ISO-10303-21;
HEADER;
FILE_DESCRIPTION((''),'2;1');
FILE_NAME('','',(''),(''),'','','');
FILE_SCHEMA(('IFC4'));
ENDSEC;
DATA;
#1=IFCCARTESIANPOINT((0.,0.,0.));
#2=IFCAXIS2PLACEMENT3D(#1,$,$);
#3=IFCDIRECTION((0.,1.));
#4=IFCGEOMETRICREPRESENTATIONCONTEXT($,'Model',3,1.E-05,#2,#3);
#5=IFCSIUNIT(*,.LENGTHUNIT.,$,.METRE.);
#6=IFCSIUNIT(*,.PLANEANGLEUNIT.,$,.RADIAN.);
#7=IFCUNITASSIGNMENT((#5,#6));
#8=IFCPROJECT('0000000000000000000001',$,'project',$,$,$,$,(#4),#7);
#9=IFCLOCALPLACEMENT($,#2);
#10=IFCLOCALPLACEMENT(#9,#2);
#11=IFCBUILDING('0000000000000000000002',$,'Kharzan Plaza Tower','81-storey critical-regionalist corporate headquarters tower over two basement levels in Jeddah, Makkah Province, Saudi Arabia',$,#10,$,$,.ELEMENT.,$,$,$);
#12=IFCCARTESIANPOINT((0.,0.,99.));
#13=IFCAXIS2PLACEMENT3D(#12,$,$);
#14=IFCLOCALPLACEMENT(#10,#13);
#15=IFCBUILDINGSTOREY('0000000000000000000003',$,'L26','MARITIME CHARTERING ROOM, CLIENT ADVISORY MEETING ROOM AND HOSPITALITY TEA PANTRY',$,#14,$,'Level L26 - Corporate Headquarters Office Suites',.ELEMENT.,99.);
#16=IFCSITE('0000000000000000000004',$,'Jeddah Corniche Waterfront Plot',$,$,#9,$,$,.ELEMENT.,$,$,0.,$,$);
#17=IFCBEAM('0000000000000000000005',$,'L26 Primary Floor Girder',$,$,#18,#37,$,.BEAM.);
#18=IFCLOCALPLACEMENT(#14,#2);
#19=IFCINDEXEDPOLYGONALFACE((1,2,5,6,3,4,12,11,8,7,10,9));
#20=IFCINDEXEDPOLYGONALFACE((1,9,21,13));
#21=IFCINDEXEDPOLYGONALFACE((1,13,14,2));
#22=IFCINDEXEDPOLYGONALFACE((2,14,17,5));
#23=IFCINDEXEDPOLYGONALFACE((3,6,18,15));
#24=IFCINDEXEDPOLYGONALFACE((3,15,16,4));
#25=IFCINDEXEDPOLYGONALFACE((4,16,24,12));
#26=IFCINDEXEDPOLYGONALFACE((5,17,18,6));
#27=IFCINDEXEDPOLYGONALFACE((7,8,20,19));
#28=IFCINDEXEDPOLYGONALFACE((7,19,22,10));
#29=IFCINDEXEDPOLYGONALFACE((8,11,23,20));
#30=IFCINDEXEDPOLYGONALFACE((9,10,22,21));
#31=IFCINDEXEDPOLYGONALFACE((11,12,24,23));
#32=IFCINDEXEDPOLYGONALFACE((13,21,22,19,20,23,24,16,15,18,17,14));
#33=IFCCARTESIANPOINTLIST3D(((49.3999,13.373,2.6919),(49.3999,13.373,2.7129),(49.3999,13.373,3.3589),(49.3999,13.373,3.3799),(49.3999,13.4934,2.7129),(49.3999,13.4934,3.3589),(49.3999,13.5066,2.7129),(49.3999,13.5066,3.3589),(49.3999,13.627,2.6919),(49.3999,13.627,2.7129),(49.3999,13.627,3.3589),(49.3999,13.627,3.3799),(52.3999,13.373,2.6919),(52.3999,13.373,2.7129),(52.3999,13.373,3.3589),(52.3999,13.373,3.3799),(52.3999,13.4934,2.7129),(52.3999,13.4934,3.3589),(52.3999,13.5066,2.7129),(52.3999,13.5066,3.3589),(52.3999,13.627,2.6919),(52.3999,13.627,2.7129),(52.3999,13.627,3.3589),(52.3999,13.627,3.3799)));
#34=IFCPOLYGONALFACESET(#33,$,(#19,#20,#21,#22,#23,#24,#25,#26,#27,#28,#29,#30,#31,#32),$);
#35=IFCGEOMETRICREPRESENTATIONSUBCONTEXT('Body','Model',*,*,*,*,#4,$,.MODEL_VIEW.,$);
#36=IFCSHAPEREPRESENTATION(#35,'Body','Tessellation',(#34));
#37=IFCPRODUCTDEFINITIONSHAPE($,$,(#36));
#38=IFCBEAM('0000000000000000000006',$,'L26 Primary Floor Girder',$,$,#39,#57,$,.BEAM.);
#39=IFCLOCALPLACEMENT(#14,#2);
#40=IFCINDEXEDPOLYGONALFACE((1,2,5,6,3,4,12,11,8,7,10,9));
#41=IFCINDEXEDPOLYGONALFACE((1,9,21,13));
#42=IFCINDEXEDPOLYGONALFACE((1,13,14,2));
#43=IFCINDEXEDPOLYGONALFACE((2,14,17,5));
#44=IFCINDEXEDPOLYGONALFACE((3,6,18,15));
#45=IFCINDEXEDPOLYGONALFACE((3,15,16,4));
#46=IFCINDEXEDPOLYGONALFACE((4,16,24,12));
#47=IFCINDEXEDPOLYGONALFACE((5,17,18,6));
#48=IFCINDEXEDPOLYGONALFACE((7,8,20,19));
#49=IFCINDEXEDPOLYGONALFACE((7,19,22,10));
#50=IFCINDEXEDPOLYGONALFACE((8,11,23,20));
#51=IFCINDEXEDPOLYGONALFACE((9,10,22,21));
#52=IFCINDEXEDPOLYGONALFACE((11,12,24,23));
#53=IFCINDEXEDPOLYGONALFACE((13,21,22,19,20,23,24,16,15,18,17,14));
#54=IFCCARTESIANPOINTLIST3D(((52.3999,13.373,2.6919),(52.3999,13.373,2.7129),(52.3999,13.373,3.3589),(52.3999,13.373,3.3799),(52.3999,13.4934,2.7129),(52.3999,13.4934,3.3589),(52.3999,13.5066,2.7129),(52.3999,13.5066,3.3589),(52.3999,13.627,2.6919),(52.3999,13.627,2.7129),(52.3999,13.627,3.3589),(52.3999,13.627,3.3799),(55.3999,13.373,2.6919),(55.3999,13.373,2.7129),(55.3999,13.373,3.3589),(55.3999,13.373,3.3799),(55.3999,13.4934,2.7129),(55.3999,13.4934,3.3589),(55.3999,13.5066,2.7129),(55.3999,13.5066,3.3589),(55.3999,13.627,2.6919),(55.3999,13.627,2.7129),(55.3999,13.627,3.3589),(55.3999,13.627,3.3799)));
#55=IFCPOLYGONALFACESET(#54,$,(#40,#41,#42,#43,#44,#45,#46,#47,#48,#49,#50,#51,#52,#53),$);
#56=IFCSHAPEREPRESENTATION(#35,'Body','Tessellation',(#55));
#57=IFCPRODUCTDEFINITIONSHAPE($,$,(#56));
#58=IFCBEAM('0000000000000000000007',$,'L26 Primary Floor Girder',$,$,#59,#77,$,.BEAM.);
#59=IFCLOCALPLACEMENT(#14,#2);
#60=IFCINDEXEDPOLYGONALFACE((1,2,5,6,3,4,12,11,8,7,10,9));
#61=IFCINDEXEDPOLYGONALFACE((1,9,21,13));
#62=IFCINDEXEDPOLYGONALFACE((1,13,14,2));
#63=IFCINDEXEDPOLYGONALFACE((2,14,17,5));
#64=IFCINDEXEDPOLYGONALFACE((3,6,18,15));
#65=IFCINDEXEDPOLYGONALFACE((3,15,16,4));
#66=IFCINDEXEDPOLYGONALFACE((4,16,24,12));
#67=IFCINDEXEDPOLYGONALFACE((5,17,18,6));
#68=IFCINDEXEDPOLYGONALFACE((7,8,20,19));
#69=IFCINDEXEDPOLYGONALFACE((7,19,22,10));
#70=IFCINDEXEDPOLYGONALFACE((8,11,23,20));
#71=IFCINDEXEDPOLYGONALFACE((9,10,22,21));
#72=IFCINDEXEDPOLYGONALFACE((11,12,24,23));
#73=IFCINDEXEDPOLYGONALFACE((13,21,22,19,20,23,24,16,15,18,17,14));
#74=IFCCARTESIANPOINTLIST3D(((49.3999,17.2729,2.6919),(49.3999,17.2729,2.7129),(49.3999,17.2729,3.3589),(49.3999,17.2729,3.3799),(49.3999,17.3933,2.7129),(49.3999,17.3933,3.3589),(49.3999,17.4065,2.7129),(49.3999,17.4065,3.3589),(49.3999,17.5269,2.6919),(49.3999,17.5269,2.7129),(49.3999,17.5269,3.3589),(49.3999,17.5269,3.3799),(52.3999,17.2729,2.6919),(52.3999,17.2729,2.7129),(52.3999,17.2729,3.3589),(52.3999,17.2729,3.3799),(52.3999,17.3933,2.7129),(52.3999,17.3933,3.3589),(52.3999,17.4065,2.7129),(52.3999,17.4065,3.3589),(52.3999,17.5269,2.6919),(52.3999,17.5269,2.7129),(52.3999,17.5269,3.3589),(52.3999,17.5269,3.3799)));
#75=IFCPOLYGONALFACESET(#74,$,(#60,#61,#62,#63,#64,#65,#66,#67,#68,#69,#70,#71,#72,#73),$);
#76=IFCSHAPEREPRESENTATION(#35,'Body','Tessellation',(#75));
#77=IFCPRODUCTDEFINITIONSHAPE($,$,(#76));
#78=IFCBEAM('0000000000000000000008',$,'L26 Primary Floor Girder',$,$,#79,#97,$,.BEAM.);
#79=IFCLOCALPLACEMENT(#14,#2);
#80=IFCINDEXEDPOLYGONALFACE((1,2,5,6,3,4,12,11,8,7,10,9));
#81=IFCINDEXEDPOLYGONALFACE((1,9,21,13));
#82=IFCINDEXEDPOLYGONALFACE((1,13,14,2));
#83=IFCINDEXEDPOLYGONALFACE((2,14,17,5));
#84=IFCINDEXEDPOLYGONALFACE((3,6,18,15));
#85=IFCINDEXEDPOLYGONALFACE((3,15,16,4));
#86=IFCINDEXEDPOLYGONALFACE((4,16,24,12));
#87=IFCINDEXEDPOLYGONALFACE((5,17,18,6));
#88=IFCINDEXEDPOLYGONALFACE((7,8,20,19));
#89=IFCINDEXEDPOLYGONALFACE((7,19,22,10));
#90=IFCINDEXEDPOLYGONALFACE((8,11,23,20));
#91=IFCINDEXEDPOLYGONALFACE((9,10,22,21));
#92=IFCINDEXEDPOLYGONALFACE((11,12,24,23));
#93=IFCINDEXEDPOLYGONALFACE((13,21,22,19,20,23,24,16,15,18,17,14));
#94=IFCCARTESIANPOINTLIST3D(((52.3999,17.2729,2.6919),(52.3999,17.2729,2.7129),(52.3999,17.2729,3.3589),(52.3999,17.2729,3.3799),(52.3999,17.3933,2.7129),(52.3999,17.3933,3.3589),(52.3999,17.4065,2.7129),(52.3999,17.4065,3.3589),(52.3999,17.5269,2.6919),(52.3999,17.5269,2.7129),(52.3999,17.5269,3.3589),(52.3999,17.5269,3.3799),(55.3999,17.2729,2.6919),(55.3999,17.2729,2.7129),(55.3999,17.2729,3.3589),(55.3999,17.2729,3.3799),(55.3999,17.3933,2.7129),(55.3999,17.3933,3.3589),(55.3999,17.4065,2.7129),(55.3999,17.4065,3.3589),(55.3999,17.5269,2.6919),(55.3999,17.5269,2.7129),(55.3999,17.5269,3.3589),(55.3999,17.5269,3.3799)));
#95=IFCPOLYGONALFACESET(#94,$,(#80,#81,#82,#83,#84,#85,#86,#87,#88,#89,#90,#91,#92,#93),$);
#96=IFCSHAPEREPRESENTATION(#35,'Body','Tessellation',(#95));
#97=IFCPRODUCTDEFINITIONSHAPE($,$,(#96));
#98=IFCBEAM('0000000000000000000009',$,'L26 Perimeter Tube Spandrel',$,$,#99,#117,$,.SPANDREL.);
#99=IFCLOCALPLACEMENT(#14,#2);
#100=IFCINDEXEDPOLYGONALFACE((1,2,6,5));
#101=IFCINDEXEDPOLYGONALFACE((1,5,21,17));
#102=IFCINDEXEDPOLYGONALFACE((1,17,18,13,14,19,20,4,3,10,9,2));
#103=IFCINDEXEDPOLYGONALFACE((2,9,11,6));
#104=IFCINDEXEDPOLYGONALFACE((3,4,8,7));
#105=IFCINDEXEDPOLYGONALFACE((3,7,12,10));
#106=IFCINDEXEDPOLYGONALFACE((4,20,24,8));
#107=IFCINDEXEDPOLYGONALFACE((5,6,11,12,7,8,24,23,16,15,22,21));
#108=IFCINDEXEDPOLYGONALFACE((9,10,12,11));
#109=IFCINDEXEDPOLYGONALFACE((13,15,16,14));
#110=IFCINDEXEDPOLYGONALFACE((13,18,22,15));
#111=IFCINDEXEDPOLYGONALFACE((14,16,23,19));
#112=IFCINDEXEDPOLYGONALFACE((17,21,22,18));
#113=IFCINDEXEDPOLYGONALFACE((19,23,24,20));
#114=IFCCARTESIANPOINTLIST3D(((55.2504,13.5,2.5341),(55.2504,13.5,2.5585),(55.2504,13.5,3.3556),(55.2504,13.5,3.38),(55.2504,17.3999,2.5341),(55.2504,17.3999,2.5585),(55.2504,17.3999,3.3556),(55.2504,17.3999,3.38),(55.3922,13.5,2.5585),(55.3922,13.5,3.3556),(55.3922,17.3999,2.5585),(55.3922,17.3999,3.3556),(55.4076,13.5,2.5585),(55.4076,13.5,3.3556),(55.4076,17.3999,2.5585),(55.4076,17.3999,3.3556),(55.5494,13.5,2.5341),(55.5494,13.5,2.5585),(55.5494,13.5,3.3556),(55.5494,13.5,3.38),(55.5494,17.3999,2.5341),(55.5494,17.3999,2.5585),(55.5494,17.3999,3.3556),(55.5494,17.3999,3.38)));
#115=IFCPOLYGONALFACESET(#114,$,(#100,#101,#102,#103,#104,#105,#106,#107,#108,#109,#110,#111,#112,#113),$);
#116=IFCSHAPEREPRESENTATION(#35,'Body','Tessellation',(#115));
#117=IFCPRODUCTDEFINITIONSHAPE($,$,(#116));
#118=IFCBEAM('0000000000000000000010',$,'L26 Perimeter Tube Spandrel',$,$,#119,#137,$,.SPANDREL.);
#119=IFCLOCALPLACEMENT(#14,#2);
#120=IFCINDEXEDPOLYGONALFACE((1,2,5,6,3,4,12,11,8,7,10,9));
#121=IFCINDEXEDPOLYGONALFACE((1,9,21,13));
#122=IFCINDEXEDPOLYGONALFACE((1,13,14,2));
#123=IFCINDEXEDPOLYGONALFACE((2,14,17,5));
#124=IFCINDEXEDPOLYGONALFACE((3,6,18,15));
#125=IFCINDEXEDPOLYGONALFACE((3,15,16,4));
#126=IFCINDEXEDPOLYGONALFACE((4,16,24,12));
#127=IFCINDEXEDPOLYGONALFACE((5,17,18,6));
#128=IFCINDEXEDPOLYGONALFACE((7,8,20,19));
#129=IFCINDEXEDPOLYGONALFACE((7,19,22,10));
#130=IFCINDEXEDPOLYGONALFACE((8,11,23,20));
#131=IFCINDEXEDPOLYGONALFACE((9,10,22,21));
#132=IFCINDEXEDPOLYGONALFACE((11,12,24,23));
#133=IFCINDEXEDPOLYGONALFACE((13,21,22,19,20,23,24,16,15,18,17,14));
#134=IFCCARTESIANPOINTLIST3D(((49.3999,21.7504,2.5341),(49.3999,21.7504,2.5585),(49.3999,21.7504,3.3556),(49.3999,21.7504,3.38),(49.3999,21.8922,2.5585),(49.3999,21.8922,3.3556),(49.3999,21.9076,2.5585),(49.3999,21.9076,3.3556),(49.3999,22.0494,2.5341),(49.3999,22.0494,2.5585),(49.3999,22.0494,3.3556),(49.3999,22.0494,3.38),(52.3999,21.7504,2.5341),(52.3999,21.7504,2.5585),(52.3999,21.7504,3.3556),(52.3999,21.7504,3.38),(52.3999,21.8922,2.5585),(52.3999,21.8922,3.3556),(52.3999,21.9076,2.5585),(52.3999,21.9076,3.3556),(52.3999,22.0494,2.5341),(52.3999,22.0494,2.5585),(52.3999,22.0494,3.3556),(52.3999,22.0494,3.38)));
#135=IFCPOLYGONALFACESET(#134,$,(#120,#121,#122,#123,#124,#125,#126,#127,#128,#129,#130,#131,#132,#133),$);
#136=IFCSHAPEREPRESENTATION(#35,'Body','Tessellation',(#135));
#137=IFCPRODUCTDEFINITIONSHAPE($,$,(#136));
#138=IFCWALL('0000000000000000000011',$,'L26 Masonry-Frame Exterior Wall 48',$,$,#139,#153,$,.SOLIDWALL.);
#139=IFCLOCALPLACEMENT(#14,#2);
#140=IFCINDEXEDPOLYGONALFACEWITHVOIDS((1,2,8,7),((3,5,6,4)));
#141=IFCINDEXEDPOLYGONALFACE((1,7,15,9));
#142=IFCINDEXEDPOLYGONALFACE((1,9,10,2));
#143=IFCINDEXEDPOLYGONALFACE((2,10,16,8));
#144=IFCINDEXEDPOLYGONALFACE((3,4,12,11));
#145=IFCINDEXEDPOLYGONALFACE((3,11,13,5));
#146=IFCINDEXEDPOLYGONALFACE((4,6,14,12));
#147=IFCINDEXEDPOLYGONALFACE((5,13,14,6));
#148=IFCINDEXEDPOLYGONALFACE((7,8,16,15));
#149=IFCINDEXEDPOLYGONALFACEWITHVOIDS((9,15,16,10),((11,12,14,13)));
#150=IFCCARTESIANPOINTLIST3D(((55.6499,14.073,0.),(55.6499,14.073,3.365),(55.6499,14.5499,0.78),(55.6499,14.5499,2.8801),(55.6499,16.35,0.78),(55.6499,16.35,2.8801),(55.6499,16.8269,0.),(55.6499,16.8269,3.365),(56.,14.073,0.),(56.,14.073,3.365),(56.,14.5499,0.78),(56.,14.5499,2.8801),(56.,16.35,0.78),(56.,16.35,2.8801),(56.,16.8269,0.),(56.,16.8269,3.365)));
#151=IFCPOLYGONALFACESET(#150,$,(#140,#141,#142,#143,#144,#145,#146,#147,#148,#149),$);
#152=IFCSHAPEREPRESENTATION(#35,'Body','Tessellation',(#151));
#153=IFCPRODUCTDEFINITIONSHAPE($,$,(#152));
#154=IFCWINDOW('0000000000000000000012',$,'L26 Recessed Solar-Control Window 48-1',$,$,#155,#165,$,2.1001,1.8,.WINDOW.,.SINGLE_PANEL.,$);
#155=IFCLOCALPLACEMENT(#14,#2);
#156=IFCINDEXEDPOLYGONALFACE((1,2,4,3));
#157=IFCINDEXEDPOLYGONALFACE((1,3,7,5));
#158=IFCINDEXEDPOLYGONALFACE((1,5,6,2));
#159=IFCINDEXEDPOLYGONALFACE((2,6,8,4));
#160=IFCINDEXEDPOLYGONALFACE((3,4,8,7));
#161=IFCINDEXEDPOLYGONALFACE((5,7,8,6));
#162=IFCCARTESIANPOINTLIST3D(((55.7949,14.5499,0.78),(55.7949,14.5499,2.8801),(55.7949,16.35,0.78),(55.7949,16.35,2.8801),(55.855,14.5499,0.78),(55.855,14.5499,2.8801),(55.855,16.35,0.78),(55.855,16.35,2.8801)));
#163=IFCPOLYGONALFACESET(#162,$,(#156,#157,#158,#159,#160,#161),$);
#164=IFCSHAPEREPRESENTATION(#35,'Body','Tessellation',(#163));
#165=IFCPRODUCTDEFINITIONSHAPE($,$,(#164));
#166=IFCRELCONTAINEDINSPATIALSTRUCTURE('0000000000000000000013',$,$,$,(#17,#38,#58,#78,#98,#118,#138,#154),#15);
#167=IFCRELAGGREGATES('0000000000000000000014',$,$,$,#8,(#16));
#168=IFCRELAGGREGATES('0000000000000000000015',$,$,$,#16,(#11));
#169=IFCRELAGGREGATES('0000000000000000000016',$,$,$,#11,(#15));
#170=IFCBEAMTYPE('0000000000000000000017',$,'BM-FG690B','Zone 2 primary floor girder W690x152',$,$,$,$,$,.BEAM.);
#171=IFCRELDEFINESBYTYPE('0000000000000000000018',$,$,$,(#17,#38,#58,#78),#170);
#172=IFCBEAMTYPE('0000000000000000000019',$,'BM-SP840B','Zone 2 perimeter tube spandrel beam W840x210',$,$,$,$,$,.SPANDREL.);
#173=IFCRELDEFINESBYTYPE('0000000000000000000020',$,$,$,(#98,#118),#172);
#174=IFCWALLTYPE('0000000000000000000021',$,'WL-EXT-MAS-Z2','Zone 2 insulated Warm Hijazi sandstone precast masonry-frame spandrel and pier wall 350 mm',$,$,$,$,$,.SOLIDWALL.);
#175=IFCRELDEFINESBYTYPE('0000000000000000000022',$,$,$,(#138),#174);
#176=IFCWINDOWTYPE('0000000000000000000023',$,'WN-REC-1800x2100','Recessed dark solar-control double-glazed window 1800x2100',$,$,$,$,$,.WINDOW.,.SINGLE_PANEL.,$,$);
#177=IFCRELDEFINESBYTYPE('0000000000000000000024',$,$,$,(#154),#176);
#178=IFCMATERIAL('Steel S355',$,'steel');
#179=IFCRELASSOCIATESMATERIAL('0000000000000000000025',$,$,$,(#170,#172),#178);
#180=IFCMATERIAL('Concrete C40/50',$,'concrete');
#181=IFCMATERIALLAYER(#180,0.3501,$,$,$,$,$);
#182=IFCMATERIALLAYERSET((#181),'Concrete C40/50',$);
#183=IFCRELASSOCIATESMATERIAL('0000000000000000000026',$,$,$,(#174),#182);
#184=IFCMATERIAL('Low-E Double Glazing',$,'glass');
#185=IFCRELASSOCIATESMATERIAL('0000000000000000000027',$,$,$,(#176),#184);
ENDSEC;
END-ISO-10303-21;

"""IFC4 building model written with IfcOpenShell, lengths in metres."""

from ifc_helpers import new_model, si_unit, direction, frame, frame_2d, origin, origin_2d, place, context, subcontext, project, spatial, rectangle, i_section, extrude, source, transform, mapped, material, layer, layer_set, material_profile, profile_set, type_object, element, fill, save


model = new_model("IFC4")

# Units and contexts
model_context = context("Model", 3, precision=1e-05, world=origin(), true_north=direction((0.0, 1.0)))
body_context = subcontext(model_context, "Body", "Model", "MODEL_VIEW")
ifc_project = project(units=[si_unit("LENGTHUNIT", "METRE"), si_unit("PLANEANGLEUNIT", "RADIAN")], contexts=[model_context])

# Site, building, storey
site_placement = place(None, origin())
site = spatial("IfcSite", under=ifc_project, at=site_placement, Name="Jeddah Corniche Waterfront Plot", CompositionType="ELEMENT", RefElevation=0.0)
building_placement = place(site_placement, origin())
building = spatial("IfcBuilding", under=site, at=building_placement, Name="Kharzan Plaza Tower", Description="81-storey critical-regionalist corporate headquarters tower over two basement levels in Jeddah, Makkah Province, Saudi Arabia", CompositionType="ELEMENT")
storey_placement = place(building_placement, frame((0.0, 0.0, 99.0)))
storey = spatial("IfcBuildingStorey", under=building, at=storey_placement, Name="L26", Description="MARITIME CHARTERING ROOM, CLIENT ADVISORY MEETING ROOM AND HOSPITALITY TEA PANTRY", LongName="Level L26 - Corporate Headquarters Office Suites", CompositionType="ELEMENT", Elevation=99.0)

# Beams
ifc_material_1 = material(Name="Steel S355", Category="steel")
ifc_material_profile_1 = material_profile(ifc_material_1, i_section(OverallWidth=0.2539, OverallDepth=0.688, WebThickness=0.0132, FlangeThickness=0.021, at=origin_2d()), Name="W690x152")
ifc_profile_set_1 = profile_set([ifc_material_profile_1], Name="Steel S355")
beam_type_1 = type_object("IfcBeamType", Name="BM-FG690B", Description="Zone 2 primary floor girder W690x152", PredefinedType="BEAM", material=ifc_profile_set_1)
shared_shape_1 = source(origin(), body_context, "Body", "SweptSolid", [
    extrude(i_section(OverallWidth=0.2539, OverallDepth=0.688, WebThickness=0.0132, FlangeThickness=0.021, at=origin_2d()), origin(), (0.0, 0.0, 1.0), 3.0),
])
for number, where, z_axis, x_axis, name in (
    (1, (49.3999, 13.5, 3.0359), (1.0, 0.0, 0.0), (0.0, 1.0, 0.0), "L26 Primary Floor Girder"),
    (2, (52.3999, 13.5, 3.0359), (1.0, 0.0, 0.0), (0.0, 1.0, 0.0), "L26 Primary Floor Girder"),
    (3, (49.3999, 17.3999, 3.0359), (1.0, 0.0, 0.0), (0.0, 1.0, 0.0), "L26 Primary Floor Girder"),
    (4, (52.3999, 17.3999, 3.0359), (1.0, 0.0, 0.0), (0.0, 1.0, 0.0), "L26 Primary Floor Girder"),
):
    element("IfcBeam", number, at=place(storey_placement, frame(where, z_axis=z_axis, x_axis=x_axis)), inside=storey, type_object=beam_type_1, Name=name, PredefinedType="BEAM", context=body_context, shape_type="MappedRepresentation", body=[
        mapped(shared_shape_1, transform((0.0, 0.0, 0.0), x_axis=(1.0, 0.0, 0.0), y_axis=(0.0, 1.0, 0.0), z_axis=(0.0, 0.0, 1.0))),
    ])
ifc_material_profile_2 = material_profile(ifc_material_1, i_section(OverallWidth=0.2991, OverallDepth=0.8459, WebThickness=0.0154, FlangeThickness=0.0244, at=origin_2d()), Name="W840x210")
ifc_profile_set_2 = profile_set([ifc_material_profile_2], Name="Steel S355")
beam_type_2 = type_object("IfcBeamType", Name="BM-SP840B", Description="Zone 2 perimeter tube spandrel beam W840x210", PredefinedType="SPANDREL", material=ifc_profile_set_2)
shared_shape_2 = source(origin(), body_context, "Body", "SweptSolid", [
    extrude(i_section(OverallWidth=0.2991, OverallDepth=0.8459, WebThickness=0.0154, FlangeThickness=0.0244, at=origin_2d()), origin(), (0.0, 0.0, 1.0), 3.8999),
])
beam_1_placement = place(storey_placement, frame((55.3999, 13.5, 2.957), z_axis=(0.0, 1.0, 0.0), x_axis=(-1.0, 0.0, 0.0)))
element("IfcBeam", 5, at=beam_1_placement, inside=storey, type_object=beam_type_2, Name="L26 Perimeter Tube Spandrel", PredefinedType="SPANDREL", context=body_context, shape_type="MappedRepresentation", body=[
    mapped(shared_shape_2, transform((0.0, 0.0, 0.0), x_axis=(1.0, 0.0, 0.0), y_axis=(0.0, 1.0, 0.0), z_axis=(0.0, 0.0, 1.0))),
])
shared_shape_3 = source(origin(), body_context, "Body", "SweptSolid", [
    extrude(i_section(OverallWidth=0.2991, OverallDepth=0.8459, WebThickness=0.0154, FlangeThickness=0.0244, at=origin_2d()), origin(), (0.0, 0.0, 1.0), 3.0),
])
beam_2_placement = place(storey_placement, frame((49.3999, 21.8999, 2.957), z_axis=(1.0, 0.0, 0.0), x_axis=(0.0, 1.0, 0.0)))
element("IfcBeam", 6, at=beam_2_placement, inside=storey, type_object=beam_type_2, Name="L26 Perimeter Tube Spandrel", PredefinedType="SPANDREL", context=body_context, shape_type="MappedRepresentation", body=[
    mapped(shared_shape_3, transform((0.0, 0.0, 0.0), x_axis=(1.0, 0.0, 0.0), y_axis=(0.0, 1.0, 0.0), z_axis=(0.0, 0.0, 1.0))),
])

# Wall, opening, window
ifc_material_2 = material(Name="Concrete C40/50", Category="concrete")
ifc_layer = layer(ifc_material_2, 0.3501)
ifc_layer_set = layer_set([ifc_layer], Name="Concrete C40/50")
wall_type = type_object("IfcWallType", Name="WL-EXT-MAS-Z2", Description="Zone 2 insulated Warm Hijazi sandstone precast masonry-frame spandrel and pier wall 350 mm", PredefinedType="SOLIDWALL", material=ifc_layer_set)
wall_1_placement = place(storey_placement, frame((55.825, 14.073, 0.0), z_axis=(0.0, 0.0, 1.0), x_axis=(0.0, 1.0, 0.0)))
wall_1 = element("IfcWall", 7, at=wall_1_placement, inside=storey, type_object=wall_type, Name="L26 Masonry-Frame Exterior Wall 48", PredefinedType="SOLIDWALL", context=body_context, shape_type="SweptSolid", body=[
    extrude(rectangle(XDim=2.7539, YDim=0.3501, at=frame_2d((1.377, 0.0))), origin(), (0.0, 0.0, 1.0), 3.365),
])
opening_1_placement = place(wall_1_placement, frame((0.4771, 0.0, 0.78)))
opening_1 = element("IfcOpeningElement", 8, at=opening_1_placement, cuts=wall_1, PredefinedType="OPENING", context=body_context, shape_type="SweptSolid", body=[
    extrude(rectangle(XDim=1.8, YDim=2.1001, at=frame_2d((0.8999, 1.05))), frame((0.0, 0.1851, 0.0), z_axis=(0.0, -1.0, 0.0), x_axis=(1.0, 0.0, 0.0)), (0.0, 0.0, 1.0), 0.3701),
])
ifc_material_3 = material(Name="Low-E Double Glazing", Category="glass")
window_type_1 = type_object("IfcWindowType", Name="WN-REC-1800x2100", Description="Recessed dark solar-control double-glazed window 1800x2100", PartitioningType="SINGLE_PANEL", PredefinedType="WINDOW", material=ifc_material_3)
shared_shape_4 = source(origin(), body_context, "Body", "SweptSolid", [
    extrude(rectangle(XDim=1.8, YDim=2.1001, at=frame_2d((0.8999, 1.05))), frame((0.0, 0.03, 0.0), z_axis=(0.0, -1.0, 0.0), x_axis=(1.0, 0.0, 0.0)), (0.0, 0.0, 1.0), 0.0601),
])
window_1_placement = place(opening_1_placement, origin())
window_1 = element("IfcWindow", 9, at=window_1_placement, inside=storey, type_object=window_type_1, Name="L26 Recessed Solar-Control Window 48-1", OverallHeight=2.1001, OverallWidth=1.8, PartitioningType="SINGLE_PANEL", PredefinedType="WINDOW", context=body_context, shape_type="MappedRepresentation", body=[
    mapped(shared_shape_4, transform((0.0, 0.0, 0.0), x_axis=(1.0, 0.0, 0.0), y_axis=(0.0, 1.0, 0.0), z_axis=(0.0, 0.0, 1.0))),
])
fill(opening_1, window_1)

save(model, "model.ifc")
